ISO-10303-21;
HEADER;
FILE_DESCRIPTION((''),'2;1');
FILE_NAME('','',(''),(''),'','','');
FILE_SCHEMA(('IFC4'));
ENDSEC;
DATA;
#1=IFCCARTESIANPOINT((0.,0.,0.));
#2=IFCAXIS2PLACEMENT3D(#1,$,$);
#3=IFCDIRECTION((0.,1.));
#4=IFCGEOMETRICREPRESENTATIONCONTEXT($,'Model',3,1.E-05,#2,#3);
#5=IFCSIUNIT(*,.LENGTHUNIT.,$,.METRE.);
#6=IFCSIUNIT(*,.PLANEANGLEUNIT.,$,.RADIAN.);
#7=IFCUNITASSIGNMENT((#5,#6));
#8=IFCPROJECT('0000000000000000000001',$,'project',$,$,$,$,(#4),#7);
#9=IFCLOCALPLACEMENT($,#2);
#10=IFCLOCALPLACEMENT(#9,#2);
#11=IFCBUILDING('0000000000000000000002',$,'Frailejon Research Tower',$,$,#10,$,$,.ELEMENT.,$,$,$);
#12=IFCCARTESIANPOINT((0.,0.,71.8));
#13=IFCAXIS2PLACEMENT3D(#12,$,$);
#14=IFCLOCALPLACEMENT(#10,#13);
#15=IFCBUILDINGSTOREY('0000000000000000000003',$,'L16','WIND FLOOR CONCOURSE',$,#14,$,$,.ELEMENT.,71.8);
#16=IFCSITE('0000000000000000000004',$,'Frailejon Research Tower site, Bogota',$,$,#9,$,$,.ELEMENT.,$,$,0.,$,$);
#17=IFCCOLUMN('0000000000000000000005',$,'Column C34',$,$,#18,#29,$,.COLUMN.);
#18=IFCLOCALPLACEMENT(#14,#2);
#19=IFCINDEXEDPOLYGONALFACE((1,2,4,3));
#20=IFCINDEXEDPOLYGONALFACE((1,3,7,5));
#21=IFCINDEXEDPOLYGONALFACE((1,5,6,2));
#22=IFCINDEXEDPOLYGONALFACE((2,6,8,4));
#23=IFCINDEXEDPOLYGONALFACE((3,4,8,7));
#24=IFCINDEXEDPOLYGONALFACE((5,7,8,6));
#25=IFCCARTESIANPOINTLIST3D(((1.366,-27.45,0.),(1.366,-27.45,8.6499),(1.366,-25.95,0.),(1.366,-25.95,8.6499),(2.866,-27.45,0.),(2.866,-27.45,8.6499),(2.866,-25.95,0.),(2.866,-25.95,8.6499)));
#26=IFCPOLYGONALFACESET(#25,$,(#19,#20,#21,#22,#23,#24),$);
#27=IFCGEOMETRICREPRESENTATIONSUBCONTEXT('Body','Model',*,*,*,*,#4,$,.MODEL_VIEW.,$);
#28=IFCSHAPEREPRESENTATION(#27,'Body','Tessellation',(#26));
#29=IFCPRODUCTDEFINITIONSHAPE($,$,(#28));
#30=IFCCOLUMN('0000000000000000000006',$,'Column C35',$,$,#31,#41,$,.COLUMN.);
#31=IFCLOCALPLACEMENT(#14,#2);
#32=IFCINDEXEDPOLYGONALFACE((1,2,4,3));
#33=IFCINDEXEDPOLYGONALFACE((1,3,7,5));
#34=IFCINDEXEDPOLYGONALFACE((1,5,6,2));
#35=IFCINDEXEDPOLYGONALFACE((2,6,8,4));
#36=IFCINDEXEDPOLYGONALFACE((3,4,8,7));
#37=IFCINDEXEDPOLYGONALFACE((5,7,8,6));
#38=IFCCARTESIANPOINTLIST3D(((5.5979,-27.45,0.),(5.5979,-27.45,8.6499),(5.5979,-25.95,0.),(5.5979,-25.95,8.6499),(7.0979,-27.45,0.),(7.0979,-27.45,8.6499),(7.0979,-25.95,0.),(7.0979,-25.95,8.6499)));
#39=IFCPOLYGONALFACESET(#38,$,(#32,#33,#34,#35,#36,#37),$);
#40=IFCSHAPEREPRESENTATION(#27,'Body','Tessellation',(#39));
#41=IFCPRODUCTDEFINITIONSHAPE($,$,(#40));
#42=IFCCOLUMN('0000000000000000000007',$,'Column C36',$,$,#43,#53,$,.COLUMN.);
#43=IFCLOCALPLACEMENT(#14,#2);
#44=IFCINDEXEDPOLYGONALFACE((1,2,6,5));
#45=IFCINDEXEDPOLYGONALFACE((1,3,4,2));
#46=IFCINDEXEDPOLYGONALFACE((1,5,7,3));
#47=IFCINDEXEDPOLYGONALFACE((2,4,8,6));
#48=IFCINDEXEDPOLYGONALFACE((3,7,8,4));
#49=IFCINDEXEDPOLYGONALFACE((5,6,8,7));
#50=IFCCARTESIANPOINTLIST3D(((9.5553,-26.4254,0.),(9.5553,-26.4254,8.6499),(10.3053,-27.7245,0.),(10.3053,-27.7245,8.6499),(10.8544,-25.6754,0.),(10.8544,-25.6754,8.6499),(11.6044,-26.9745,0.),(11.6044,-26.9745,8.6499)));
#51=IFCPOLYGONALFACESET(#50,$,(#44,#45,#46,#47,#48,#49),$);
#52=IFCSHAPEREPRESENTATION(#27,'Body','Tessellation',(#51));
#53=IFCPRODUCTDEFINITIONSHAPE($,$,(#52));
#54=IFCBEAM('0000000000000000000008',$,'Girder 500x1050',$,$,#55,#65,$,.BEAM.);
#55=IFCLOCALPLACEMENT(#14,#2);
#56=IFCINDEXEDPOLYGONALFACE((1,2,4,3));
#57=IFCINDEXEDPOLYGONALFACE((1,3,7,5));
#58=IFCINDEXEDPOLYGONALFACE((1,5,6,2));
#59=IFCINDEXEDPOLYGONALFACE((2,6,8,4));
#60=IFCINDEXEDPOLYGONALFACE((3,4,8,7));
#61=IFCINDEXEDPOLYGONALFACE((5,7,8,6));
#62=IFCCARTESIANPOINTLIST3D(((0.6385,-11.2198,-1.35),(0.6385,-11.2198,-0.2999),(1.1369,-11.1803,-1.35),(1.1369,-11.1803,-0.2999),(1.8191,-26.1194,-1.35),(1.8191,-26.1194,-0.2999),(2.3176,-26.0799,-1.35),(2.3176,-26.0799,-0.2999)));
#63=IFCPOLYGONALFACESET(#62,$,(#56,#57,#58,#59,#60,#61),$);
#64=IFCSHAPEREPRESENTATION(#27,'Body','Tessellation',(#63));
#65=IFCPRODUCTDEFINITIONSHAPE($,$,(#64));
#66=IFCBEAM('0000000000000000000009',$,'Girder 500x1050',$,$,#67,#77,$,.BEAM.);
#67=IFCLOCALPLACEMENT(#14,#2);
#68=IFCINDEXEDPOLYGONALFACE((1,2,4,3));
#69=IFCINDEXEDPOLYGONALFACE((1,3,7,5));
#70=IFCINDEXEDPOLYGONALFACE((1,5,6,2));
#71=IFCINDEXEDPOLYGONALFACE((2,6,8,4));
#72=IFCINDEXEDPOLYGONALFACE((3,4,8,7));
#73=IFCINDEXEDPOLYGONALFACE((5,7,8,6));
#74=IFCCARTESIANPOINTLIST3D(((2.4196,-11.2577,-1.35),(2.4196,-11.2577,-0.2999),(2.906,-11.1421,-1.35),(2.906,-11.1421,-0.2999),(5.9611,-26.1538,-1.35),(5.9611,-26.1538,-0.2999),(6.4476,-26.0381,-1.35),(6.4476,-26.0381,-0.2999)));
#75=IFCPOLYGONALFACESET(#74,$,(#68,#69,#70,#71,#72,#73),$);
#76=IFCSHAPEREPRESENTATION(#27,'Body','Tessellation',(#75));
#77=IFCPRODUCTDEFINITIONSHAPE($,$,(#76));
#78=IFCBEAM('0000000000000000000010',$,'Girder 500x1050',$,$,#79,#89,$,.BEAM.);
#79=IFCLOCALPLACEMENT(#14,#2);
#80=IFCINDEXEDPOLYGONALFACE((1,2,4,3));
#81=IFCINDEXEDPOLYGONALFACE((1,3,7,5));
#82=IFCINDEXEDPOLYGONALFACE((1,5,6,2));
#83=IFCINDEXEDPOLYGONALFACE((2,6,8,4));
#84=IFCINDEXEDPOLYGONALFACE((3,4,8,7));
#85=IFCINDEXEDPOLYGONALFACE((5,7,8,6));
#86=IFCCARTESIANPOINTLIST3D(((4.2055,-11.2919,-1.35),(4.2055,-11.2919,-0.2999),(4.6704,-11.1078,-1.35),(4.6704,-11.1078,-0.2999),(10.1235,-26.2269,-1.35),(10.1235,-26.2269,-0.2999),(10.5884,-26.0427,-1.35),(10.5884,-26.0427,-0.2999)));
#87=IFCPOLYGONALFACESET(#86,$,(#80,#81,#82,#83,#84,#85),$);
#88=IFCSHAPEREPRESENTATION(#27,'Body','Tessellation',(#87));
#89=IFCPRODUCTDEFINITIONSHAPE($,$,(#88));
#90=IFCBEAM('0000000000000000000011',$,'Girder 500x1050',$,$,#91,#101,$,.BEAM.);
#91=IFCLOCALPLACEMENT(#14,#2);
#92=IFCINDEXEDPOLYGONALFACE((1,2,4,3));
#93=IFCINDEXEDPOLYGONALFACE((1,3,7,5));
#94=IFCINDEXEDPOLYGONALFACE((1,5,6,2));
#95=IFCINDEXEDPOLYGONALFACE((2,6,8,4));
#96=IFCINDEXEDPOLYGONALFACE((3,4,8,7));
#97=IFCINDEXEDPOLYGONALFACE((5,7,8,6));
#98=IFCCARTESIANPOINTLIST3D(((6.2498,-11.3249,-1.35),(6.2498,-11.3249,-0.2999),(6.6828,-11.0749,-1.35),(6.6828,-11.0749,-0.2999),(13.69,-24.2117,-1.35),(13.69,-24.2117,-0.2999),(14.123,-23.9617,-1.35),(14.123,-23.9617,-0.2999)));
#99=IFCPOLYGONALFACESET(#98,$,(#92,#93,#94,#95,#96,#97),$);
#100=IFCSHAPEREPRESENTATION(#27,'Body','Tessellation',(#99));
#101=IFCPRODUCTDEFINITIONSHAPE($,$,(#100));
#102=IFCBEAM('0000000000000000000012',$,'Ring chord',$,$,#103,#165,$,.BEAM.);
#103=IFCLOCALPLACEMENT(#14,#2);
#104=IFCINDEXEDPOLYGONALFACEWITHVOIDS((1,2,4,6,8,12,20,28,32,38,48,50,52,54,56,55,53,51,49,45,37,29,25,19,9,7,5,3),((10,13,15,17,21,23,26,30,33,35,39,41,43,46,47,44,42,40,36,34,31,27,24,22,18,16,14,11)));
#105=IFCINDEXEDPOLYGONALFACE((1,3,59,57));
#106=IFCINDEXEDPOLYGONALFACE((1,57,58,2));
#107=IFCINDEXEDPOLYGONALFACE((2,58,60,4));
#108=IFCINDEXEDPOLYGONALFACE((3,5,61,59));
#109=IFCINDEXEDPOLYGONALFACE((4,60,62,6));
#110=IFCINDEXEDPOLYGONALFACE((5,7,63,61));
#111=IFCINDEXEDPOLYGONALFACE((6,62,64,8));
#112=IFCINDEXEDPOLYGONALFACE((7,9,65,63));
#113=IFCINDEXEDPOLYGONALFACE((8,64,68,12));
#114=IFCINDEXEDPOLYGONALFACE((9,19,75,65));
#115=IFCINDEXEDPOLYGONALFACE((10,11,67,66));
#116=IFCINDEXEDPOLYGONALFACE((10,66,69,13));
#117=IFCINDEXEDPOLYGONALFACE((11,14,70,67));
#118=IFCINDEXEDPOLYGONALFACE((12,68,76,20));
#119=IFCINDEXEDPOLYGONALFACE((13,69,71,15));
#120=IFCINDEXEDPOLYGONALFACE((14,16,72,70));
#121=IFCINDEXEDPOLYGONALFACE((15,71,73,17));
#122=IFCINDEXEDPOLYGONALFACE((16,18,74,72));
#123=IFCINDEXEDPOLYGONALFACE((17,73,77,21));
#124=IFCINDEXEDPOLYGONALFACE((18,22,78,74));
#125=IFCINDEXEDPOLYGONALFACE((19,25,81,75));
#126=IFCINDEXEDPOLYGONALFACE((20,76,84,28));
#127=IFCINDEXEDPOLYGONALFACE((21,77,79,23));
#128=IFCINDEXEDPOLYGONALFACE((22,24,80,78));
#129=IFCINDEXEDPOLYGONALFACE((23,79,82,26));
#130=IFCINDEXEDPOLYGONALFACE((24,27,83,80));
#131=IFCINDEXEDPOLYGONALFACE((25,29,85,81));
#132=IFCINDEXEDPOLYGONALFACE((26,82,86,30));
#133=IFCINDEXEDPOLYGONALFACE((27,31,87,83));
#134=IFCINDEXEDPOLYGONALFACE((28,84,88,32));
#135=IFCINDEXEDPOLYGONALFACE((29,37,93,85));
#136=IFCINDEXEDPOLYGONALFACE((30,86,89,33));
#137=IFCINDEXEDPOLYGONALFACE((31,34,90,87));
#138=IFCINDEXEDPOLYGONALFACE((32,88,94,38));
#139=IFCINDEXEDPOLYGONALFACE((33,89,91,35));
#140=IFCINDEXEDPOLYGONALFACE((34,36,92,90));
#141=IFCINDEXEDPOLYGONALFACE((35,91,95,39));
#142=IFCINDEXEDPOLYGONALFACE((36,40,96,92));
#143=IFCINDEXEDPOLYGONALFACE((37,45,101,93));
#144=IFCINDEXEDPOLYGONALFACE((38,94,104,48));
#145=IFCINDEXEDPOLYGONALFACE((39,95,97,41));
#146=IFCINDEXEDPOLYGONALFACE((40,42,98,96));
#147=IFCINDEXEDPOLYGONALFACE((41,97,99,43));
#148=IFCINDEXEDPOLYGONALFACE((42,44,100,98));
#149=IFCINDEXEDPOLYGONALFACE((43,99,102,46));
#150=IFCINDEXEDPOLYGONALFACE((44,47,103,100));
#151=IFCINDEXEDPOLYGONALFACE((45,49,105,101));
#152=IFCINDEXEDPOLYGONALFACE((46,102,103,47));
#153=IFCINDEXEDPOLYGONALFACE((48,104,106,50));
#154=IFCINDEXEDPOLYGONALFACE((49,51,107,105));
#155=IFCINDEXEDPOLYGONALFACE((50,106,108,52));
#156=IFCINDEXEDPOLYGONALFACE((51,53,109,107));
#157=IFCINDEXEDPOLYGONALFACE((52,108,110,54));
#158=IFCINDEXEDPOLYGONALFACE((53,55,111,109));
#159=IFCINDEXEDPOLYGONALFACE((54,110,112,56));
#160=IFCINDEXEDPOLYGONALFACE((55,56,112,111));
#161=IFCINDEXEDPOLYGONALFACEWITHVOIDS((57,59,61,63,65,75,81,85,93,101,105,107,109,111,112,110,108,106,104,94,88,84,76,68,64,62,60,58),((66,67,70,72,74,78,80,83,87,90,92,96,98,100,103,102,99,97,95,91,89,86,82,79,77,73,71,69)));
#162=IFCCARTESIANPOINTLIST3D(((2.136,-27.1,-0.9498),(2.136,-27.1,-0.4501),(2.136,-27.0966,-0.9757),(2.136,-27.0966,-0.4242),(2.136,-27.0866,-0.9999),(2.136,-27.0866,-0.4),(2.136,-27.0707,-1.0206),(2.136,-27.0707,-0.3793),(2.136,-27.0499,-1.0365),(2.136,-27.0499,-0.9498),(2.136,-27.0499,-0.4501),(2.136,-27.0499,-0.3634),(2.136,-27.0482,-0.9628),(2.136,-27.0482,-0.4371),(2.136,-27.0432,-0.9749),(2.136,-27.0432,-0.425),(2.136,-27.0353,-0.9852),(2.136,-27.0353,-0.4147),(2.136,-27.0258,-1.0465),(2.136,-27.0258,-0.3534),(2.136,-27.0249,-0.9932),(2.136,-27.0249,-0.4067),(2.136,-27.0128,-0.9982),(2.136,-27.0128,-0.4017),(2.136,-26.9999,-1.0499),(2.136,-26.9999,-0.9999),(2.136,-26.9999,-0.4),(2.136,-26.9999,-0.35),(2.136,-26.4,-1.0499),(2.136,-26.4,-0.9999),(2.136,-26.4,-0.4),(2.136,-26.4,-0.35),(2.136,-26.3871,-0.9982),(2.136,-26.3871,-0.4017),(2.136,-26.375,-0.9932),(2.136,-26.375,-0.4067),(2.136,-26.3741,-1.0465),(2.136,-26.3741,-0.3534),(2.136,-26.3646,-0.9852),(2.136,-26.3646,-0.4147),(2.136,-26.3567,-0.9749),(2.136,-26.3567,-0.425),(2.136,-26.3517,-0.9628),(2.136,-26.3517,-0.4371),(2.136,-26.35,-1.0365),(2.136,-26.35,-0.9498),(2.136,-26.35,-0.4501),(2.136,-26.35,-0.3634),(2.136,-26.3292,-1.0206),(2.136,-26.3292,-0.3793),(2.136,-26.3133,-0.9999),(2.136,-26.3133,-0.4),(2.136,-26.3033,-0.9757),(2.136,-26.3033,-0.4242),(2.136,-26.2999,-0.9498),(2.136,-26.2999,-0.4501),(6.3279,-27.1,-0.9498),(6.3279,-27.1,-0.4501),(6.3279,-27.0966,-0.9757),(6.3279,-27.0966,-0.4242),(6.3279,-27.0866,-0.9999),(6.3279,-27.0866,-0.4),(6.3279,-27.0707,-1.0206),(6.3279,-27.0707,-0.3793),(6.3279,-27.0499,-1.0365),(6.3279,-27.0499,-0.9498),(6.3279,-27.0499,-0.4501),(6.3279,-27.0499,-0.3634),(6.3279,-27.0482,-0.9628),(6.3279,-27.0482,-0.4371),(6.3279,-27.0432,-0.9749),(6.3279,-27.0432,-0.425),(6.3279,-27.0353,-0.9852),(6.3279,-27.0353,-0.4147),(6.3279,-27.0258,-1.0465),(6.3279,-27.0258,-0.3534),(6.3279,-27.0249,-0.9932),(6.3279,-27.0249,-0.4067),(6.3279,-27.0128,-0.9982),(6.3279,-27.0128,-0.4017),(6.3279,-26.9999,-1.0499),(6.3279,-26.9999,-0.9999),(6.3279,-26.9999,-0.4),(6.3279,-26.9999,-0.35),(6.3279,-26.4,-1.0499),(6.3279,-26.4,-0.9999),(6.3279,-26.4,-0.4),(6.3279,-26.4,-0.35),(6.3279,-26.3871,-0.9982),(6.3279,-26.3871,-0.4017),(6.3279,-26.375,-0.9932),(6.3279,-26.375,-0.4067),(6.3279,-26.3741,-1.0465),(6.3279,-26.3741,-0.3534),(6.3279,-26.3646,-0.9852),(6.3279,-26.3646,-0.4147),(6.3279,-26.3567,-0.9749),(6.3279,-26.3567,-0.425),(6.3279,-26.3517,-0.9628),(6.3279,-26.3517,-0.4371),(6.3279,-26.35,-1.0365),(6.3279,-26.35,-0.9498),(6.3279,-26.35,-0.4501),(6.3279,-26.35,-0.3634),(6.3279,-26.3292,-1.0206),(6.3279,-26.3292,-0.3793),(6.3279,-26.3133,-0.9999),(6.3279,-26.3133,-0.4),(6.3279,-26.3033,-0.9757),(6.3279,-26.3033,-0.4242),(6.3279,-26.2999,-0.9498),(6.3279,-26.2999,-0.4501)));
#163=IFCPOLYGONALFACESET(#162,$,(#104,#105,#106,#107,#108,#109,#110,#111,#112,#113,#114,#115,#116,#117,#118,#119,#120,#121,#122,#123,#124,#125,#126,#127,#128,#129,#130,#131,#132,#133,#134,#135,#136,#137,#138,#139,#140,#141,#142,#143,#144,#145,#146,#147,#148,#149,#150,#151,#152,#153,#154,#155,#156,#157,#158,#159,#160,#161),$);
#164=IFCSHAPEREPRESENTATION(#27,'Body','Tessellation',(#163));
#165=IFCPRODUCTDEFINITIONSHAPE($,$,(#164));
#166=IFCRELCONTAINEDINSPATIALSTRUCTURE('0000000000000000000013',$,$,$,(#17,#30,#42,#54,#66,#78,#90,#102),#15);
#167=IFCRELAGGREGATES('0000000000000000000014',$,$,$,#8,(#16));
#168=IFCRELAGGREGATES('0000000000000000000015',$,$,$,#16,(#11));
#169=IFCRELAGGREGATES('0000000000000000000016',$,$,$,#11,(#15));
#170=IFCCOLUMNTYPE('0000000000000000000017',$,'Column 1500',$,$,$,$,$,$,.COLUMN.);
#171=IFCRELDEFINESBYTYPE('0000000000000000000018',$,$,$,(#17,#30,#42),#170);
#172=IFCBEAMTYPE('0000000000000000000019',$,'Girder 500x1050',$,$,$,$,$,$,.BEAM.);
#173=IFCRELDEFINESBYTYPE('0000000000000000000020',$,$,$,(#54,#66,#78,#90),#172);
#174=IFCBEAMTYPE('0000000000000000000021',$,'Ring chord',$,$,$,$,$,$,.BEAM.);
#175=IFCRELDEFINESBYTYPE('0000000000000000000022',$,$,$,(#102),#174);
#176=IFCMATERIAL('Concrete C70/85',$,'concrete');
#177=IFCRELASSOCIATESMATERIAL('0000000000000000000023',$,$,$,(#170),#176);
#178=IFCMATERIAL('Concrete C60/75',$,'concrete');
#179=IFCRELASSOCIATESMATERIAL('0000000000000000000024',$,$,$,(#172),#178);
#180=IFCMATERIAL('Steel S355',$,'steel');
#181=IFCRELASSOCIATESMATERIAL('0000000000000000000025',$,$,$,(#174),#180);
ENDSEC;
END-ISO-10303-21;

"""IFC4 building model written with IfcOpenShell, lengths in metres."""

from ifc_helpers import new_model, si_unit, direction, frame, origin, origin_2d, place, context, subcontext, project, spatial, rectangle, hollow_rectangle, extrude, material, material_profile, profile_set, type_object, element, save


model = new_model("IFC4")

# Units and contexts
model_context = context("Model", 3, precision=1e-05, world=origin(), true_north=direction((0.0, 1.0)))
body_context = subcontext(model_context, "Body", "Model", "MODEL_VIEW")
ifc_project = project(units=[si_unit("LENGTHUNIT", "METRE"), si_unit("PLANEANGLEUNIT", "RADIAN")], contexts=[model_context])

# Site, building, storey
site_placement = place(None, origin())
site = spatial("IfcSite", under=ifc_project, at=site_placement, Name="Frailejon Research Tower site, Bogota", CompositionType="ELEMENT", RefElevation=0.0)
building_placement = place(site_placement, origin())
building = spatial("IfcBuilding", under=site, at=building_placement, Name="Frailejon Research Tower", CompositionType="ELEMENT")
storey_placement = place(building_placement, frame((0.0, 0.0, 71.8)))
storey = spatial("IfcBuildingStorey", under=building, at=storey_placement, Name="L16", Description="WIND FLOOR CONCOURSE", CompositionType="ELEMENT", Elevation=71.8)

# Columns
ifc_material_1 = material(Name="Concrete C70/85", Category="concrete")
ifc_material_profile_1 = material_profile(ifc_material_1, rectangle(XDim=1.5, YDim=1.5, at=origin_2d()), Name="Column 1500")
ifc_profile_set_1 = profile_set([ifc_material_profile_1], Name="Concrete C70/85")
column_type = type_object("IfcColumnType", Name="Column 1500", PredefinedType="COLUMN", material=ifc_profile_set_1)
for number, where, z_axis, x_axis, name in (
    (1, (2.116, -26.7, 0.0), (0.0, 0.0, 1.0), (1.0, 0.0, 0.0), "Column C34"),
    (2, (6.3479, -26.7, 0.0), (0.0, 0.0, 1.0), (1.0, 0.0, 0.0), "Column C35"),
    (3, (10.5798, -26.7, 0.0), (0.0, 0.0, 1.0), (0.866025, 0.5, 0.0), "Column C36"),
):
    element("IfcColumn", number, at=place(storey_placement, frame(where, z_axis=z_axis, x_axis=x_axis)), inside=storey, type_object=column_type, Name=name, PredefinedType="COLUMN", context=body_context, shape_type="SweptSolid", body=[
        extrude(rectangle(XDim=1.5, YDim=1.5, at=origin_2d()), origin(), (0.0, 0.0, 1.0), 8.6499),
    ])

# Beams
ifc_material_2 = material(Name="Concrete C60/75", Category="concrete")
ifc_material_profile_2 = material_profile(ifc_material_2, rectangle(XDim=0.5, YDim=1.05, at=origin_2d()), Name="Girder 500x1050")
ifc_profile_set_2 = profile_set([ifc_material_profile_2], Name="Concrete C60/75")
beam_type_1 = type_object("IfcBeamType", Name="Girder 500x1050", PredefinedType="BEAM", material=ifc_profile_set_2)
beam_1_placement = place(storey_placement, frame((2.0684, -26.0996, -0.825), z_axis=(-0.078993, 0.996875, 0.0), x_axis=(-0.996875, -0.078993, 0.0)))
element("IfcBeam", 4, at=beam_1_placement, inside=storey, type_object=beam_type_1, Name="Girder 500x1050", PredefinedType="BEAM", context=body_context, shape_type="SweptSolid", body=[
    extrude(rectangle(XDim=0.5, YDim=1.05, at=origin_2d()), origin(), (0.0, 0.0, 1.0), 14.9463),
])
beam_2_placement = place(storey_placement, frame((6.2043, -26.0959, -0.825), z_axis=(-0.231301, 0.972882, 0.0), x_axis=(-0.972882, -0.231301, 0.0)))
element("IfcBeam", 5, at=beam_2_placement, inside=storey, type_object=beam_type_1, Name="Girder 500x1050", PredefinedType="BEAM", context=body_context, shape_type="SweptSolid", body=[
    extrude(rectangle(XDim=0.5, YDim=1.05, at=origin_2d()), origin(), (0.0, 0.0, 1.0), 15.3113),
])
beam_3_placement = place(storey_placement, frame((10.356, -26.1348, -0.825), z_axis=(-0.368386, 0.929673, 0.0), x_axis=(-0.929673, -0.368386, 0.0)))
element("IfcBeam", 6, at=beam_3_placement, inside=storey, type_object=beam_type_1, Name="Girder 500x1050", PredefinedType="BEAM", context=body_context, shape_type="SweptSolid", body=[
    extrude(rectangle(XDim=0.5, YDim=1.05, at=origin_2d()), origin(), (0.0, 0.0, 1.0), 16.0647),
])
beam_4_placement = place(storey_placement, frame((13.9065, -24.0867, -0.825), z_axis=(-0.500002, 0.866024, 0.0), x_axis=(-0.866024, -0.500002, 0.0)))
element("IfcBeam", 7, at=beam_4_placement, inside=storey, type_object=beam_type_1, Name="Girder 500x1050", PredefinedType="BEAM", context=body_context, shape_type="SweptSolid", body=[
    extrude(rectangle(XDim=0.5, YDim=1.05, at=origin_2d()), origin(), (0.0, 0.0, 1.0), 14.8804),
])
ifc_material_3 = material(Name="Steel S355", Category="steel")
ifc_material_profile_3 = material_profile(ifc_material_3, hollow_rectangle(XDim=0.8, YDim=0.7, WallThickness=0.05, InnerFilletRadius=0.05, OuterFilletRadius=0.1001, at=origin_2d()), Name="Ring chord")
ifc_profile_set_3 = profile_set([ifc_material_profile_3], Name="Steel S355")
beam_type_2 = type_object("IfcBeamType", Name="Ring chord", PredefinedType="BEAM", material=ifc_profile_set_3)
for number, where, z_axis, x_axis, name in (
    (8, (2.136, -26.7, -0.7), (1.0, 0.0, 0.0), (0.0, 1.0, 0.0), "Ring chord"),
):
    element("IfcBeam", number, at=place(storey_placement, frame(where, z_axis=z_axis, x_axis=x_axis)), inside=storey, type_object=beam_type_2, Name=name, PredefinedType="BEAM", context=body_context, shape_type="SweptSolid", body=[
        extrude(hollow_rectangle(XDim=0.8, YDim=0.7, WallThickness=0.05, InnerFilletRadius=0.05, OuterFilletRadius=0.1001, at=origin_2d()), origin(), (0.0, 0.0, 1.0), 4.1919),
    ])

save(model, "model.ifc")
